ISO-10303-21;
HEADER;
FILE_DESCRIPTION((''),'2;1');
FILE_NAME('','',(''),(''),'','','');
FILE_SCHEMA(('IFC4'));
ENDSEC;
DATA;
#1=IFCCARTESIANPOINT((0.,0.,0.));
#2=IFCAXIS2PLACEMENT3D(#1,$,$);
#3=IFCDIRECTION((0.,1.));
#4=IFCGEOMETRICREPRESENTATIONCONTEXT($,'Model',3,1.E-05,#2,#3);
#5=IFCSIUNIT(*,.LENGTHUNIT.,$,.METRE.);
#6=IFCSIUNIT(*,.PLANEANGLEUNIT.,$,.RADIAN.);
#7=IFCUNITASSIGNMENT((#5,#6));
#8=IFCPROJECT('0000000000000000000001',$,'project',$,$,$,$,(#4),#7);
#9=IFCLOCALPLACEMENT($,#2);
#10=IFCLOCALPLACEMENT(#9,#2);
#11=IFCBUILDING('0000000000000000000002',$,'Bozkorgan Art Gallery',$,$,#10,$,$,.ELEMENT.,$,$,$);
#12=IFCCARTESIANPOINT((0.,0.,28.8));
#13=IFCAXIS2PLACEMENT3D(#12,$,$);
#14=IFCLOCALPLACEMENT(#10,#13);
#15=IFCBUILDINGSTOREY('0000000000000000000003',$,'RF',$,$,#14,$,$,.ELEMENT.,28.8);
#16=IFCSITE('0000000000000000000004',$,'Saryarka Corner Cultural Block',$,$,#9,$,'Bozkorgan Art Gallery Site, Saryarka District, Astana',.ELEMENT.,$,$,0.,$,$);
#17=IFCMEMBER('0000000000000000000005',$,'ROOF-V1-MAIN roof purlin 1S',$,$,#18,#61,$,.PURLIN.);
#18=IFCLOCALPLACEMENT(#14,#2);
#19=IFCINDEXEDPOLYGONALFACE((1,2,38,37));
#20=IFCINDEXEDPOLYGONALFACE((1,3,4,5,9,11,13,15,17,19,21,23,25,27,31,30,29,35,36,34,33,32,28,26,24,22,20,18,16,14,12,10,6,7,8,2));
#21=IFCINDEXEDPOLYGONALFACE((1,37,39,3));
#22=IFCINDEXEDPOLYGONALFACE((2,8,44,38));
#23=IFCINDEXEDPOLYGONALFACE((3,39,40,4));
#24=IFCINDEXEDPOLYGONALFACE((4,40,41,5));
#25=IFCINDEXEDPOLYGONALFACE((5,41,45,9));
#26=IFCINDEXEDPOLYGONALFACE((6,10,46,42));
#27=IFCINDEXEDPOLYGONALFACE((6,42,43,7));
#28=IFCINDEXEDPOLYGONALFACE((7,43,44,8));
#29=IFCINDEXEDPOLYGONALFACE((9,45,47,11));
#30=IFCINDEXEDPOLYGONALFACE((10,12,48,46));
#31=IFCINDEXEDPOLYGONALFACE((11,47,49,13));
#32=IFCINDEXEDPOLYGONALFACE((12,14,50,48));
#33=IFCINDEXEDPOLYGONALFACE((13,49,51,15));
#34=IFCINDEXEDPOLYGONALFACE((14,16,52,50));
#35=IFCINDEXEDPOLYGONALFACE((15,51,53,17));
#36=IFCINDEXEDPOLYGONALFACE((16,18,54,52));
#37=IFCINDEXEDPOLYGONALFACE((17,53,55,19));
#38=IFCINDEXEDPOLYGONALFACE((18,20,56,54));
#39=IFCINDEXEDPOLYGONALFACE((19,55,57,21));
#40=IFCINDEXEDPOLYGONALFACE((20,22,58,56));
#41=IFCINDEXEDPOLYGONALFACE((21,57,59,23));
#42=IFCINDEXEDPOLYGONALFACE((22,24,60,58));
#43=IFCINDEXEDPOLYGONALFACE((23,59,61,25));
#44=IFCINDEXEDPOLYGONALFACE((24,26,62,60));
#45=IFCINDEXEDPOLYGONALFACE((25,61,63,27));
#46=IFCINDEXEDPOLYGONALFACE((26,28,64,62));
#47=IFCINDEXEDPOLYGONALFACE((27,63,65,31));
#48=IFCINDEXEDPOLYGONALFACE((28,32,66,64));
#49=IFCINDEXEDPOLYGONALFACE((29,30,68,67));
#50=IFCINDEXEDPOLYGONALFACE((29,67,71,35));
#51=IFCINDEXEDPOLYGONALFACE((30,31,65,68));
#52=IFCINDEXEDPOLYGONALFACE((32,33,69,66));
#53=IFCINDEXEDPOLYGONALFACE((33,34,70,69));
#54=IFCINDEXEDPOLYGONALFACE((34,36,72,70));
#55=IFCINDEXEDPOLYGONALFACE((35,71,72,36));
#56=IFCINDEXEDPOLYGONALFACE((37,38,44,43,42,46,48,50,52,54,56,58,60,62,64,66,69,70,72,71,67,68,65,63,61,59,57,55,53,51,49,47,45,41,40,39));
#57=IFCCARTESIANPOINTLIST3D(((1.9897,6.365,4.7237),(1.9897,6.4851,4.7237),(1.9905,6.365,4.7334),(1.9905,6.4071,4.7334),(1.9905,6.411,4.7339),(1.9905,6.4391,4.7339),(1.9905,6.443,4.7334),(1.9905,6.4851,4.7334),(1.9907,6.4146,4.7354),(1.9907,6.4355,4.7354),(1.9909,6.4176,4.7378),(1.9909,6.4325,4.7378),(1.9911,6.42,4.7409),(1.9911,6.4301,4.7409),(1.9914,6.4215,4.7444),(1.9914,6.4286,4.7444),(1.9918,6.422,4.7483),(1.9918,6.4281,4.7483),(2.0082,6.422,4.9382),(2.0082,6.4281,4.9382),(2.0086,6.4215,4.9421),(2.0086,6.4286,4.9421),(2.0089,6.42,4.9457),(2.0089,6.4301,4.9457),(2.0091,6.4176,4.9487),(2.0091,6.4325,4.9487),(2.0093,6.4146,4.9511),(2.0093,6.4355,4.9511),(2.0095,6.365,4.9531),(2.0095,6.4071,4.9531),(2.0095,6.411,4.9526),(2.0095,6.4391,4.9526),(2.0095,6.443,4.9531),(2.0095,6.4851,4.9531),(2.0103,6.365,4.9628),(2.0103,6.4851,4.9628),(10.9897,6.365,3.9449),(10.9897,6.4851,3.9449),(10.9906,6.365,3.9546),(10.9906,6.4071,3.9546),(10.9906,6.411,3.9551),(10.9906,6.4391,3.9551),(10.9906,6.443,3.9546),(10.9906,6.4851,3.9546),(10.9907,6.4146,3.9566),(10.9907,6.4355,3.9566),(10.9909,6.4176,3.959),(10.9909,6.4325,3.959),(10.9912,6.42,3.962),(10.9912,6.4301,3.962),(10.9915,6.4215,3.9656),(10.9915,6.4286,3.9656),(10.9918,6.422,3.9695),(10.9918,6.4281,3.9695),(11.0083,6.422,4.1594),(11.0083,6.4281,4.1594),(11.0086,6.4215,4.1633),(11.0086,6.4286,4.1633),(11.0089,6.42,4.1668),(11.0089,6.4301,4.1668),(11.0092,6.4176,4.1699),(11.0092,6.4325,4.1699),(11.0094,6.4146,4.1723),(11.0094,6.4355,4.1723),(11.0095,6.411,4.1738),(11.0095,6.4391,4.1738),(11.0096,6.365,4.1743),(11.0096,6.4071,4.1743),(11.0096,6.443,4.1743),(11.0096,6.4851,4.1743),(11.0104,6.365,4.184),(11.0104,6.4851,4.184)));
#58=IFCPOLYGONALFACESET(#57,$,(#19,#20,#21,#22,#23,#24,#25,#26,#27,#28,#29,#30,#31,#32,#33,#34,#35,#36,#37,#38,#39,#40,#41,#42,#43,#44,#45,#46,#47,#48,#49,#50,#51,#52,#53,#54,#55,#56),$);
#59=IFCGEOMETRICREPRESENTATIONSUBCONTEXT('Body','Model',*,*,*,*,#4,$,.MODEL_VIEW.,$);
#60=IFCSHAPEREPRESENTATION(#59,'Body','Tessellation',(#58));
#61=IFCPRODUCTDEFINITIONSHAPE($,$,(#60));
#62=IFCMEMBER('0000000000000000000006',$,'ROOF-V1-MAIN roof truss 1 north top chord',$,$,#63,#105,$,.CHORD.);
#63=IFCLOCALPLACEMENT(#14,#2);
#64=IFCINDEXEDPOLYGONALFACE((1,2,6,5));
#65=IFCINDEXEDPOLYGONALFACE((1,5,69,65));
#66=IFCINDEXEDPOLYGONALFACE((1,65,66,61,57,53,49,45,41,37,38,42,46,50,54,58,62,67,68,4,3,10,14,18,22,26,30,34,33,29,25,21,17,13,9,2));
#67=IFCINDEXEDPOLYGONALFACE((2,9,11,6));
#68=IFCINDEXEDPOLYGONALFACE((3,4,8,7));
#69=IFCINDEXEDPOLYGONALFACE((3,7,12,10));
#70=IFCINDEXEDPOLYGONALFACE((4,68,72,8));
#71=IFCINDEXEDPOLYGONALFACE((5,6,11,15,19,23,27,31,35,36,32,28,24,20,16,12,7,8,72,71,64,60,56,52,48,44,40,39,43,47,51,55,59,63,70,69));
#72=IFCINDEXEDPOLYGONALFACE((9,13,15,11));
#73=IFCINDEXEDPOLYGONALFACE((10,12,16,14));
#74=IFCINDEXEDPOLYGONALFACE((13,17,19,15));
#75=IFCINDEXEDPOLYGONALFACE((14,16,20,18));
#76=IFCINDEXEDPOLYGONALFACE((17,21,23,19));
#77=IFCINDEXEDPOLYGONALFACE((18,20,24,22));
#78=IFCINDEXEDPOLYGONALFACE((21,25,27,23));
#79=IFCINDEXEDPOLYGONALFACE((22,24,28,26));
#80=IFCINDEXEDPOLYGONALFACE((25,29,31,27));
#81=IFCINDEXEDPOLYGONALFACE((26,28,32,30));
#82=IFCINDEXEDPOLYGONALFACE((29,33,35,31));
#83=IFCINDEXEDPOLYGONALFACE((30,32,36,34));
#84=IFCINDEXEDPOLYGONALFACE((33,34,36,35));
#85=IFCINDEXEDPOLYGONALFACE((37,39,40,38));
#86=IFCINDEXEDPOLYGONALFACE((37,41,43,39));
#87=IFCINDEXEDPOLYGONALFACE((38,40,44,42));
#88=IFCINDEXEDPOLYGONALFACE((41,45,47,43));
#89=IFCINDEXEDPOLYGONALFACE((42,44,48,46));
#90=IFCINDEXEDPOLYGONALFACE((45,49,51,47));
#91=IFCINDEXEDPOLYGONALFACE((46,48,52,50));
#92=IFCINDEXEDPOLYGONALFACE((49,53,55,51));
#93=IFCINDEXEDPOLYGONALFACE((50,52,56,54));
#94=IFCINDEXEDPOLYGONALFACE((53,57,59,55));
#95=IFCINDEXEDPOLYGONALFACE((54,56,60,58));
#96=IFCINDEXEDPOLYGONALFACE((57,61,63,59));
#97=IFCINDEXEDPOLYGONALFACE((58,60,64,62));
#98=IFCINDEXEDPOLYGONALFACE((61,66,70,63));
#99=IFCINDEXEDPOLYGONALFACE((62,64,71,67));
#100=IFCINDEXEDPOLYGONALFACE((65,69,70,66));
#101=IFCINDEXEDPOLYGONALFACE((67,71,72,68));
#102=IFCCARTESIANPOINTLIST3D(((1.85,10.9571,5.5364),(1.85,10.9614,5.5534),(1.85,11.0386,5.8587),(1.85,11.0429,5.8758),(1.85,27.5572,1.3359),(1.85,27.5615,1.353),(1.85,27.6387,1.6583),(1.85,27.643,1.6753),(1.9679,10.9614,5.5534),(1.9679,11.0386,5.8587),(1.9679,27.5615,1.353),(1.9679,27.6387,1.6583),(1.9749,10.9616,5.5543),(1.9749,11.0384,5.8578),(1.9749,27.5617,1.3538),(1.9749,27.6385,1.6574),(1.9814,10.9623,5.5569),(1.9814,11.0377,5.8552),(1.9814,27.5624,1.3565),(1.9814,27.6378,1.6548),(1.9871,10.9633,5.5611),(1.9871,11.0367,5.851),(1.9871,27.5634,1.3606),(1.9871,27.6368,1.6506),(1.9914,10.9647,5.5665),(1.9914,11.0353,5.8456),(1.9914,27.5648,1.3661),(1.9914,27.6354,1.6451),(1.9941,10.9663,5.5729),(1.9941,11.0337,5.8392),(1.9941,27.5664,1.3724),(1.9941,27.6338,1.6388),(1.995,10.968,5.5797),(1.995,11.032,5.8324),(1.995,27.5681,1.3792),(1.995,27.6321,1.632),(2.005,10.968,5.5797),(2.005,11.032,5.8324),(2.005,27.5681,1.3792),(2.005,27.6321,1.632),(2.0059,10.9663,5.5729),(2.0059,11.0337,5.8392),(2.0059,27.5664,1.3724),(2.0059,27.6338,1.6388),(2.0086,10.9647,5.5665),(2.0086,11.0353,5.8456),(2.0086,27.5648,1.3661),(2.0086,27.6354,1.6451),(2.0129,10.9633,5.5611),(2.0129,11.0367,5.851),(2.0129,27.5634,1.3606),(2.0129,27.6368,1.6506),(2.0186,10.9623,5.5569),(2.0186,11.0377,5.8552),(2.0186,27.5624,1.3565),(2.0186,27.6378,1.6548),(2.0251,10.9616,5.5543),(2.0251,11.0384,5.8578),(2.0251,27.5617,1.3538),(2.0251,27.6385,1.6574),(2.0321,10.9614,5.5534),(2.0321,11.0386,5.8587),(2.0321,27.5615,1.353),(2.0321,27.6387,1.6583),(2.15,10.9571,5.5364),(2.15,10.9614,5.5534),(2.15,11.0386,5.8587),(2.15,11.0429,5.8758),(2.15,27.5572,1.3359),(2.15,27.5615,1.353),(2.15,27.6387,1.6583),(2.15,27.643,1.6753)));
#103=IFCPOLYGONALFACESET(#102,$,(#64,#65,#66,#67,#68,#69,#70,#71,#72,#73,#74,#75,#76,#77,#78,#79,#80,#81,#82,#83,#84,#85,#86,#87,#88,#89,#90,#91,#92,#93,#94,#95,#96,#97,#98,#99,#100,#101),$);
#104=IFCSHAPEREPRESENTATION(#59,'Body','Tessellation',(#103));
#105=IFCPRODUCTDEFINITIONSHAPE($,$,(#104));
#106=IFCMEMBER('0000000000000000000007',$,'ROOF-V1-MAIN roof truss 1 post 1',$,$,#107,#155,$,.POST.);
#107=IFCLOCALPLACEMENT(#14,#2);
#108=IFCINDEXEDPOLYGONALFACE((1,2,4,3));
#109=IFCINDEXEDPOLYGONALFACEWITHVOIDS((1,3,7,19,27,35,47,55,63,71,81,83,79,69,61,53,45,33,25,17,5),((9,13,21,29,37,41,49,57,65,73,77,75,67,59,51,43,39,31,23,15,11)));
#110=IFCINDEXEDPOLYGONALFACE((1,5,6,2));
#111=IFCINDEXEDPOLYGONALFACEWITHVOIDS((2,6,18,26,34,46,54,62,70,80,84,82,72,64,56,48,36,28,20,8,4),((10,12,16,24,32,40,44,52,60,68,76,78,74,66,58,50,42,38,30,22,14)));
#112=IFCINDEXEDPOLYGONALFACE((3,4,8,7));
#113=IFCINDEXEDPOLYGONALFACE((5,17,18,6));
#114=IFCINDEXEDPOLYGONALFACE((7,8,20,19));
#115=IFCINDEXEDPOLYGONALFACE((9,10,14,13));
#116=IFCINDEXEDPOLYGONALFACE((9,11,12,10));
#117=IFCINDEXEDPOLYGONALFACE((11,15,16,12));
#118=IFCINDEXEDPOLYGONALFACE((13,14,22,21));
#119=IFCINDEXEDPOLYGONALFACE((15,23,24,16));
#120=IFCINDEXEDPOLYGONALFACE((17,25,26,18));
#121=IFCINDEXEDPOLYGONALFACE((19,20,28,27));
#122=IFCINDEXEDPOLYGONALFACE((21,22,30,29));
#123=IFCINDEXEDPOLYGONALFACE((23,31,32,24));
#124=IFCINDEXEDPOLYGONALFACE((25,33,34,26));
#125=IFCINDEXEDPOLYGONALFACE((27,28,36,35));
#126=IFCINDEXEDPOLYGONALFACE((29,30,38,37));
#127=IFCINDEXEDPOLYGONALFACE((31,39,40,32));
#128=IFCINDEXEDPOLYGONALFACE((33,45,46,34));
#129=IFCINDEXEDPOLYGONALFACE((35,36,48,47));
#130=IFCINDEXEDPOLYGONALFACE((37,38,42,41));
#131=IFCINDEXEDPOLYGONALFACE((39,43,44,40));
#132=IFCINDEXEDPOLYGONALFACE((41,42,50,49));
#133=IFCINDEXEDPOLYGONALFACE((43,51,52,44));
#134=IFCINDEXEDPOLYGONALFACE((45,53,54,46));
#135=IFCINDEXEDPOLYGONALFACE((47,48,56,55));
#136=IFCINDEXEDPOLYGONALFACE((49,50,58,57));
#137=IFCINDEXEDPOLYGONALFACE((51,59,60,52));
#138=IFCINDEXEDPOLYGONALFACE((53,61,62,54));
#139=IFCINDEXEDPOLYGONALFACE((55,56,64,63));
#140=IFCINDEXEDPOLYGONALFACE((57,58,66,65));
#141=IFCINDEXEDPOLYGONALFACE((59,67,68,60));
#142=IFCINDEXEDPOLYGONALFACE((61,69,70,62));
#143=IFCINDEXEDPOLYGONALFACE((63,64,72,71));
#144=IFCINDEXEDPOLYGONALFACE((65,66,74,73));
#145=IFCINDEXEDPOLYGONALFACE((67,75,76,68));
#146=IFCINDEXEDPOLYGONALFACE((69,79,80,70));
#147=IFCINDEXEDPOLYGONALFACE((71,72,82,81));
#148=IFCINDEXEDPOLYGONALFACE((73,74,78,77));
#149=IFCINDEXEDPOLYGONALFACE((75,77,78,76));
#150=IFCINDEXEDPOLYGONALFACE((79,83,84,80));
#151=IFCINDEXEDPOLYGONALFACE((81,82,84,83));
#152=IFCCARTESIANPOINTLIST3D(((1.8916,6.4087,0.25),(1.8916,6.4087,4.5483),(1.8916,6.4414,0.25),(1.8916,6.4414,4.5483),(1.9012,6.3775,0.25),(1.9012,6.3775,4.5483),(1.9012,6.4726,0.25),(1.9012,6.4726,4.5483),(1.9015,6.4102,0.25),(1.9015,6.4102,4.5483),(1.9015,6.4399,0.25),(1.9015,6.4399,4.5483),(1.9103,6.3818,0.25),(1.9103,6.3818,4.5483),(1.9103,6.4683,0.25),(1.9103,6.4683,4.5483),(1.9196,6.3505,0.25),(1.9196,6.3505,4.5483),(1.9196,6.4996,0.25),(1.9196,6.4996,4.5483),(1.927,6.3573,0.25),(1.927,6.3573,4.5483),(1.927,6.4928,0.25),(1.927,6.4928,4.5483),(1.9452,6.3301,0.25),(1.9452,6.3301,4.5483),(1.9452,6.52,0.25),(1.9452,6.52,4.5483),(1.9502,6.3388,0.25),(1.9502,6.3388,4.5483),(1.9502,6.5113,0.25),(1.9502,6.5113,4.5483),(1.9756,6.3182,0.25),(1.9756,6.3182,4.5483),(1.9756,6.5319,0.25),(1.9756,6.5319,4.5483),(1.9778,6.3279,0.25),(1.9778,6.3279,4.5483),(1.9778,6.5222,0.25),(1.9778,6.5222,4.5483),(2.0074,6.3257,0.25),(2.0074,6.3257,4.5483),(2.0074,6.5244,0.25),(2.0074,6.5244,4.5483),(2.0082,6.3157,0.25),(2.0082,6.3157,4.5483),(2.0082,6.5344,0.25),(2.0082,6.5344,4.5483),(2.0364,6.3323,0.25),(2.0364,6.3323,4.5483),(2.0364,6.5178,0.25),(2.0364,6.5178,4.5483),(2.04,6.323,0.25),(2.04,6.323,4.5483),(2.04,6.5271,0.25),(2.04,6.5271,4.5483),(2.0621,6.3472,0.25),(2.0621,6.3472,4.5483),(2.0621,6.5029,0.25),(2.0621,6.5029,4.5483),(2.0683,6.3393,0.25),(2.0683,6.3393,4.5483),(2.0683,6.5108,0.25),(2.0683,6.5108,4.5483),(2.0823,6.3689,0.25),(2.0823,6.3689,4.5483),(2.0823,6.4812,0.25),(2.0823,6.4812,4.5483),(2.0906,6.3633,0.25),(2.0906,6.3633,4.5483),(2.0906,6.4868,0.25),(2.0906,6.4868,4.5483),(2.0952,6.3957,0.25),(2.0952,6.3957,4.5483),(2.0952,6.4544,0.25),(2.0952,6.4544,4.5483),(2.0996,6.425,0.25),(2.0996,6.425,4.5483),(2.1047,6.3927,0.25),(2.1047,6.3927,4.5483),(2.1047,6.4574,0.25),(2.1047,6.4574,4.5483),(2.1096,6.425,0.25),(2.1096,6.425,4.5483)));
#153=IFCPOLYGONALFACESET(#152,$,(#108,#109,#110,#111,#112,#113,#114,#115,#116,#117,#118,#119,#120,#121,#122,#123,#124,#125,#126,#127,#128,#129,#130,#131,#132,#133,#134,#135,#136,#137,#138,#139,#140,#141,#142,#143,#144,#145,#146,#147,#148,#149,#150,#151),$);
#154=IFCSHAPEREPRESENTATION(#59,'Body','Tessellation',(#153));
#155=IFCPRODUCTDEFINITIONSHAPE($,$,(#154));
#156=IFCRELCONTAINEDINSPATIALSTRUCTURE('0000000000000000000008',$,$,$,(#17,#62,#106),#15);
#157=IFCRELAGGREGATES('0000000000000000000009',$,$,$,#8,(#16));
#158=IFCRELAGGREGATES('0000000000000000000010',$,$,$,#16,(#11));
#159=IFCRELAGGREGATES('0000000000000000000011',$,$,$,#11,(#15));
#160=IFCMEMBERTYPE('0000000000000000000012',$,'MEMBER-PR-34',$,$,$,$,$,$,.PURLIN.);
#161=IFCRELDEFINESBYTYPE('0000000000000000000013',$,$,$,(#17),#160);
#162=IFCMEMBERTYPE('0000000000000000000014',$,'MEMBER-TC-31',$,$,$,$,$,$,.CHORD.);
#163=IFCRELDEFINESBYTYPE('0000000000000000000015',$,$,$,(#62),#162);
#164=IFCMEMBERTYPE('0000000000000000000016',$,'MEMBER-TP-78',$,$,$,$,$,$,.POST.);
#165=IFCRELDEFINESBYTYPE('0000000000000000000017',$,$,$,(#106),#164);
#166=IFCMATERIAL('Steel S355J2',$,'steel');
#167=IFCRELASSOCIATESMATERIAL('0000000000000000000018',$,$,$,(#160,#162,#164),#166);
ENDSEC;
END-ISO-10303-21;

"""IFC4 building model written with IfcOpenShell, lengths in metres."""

from ifc_helpers import new_model, si_unit, direction, frame, origin, origin_2d, place, context, subcontext, project, spatial, hollow_circle, i_section, extrude, material, material_profile, profile_set, type_object, element, save


model = new_model("IFC4")

# Units and contexts
model_context = context("Model", 3, precision=1e-05, world=origin(), true_north=direction((0.0, 1.0)))
body_context = subcontext(model_context, "Body", "Model", "MODEL_VIEW")
ifc_project = project(units=[si_unit("LENGTHUNIT", "METRE"), si_unit("PLANEANGLEUNIT", "RADIAN")], contexts=[model_context])

# Site, building, storey
site_placement = place(None, origin())
site = spatial("IfcSite", under=ifc_project, at=site_placement, Name="Saryarka Corner Cultural Block", LongName="Bozkorgan Art Gallery Site, Saryarka District, Astana", CompositionType="ELEMENT", RefElevation=0.0)
building_placement = place(site_placement, origin())
building = spatial("IfcBuilding", under=site, at=building_placement, Name="Bozkorgan Art Gallery", CompositionType="ELEMENT")
storey_placement = place(building_placement, frame((0.0, 0.0, 28.8)))
storey = spatial("IfcBuildingStorey", under=building, at=storey_placement, Name="RF", CompositionType="ELEMENT", Elevation=28.8)

# Members
ifc_material_1 = material(Name="Steel S355J2", Category="steel")
ifc_material_profile_1 = material_profile(ifc_material_1, i_section(OverallWidth=0.1201, OverallDepth=0.24, WebThickness=0.0061, FlangeThickness=0.0098, FilletRadius=0.0149, at=origin_2d()), Name="IPE 240")
ifc_profile_set_1 = profile_set([ifc_material_profile_1], Name="Steel S355J2")
member_type_1 = type_object("IfcMemberType", Name="MEMBER-PR-34", PredefinedType="PURLIN", material=ifc_profile_set_1)
member_1_placement = place(storey_placement, frame((2.0, 6.425, 4.8433), z_axis=(0.996277, 0.0, -0.086212), x_axis=(0.0, 1.0, 0.0)))
element("IfcMember", 1, at=member_1_placement, inside=storey, type_object=member_type_1, Name="ROOF-V1-MAIN roof purlin 1S", PredefinedType="PURLIN", context=body_context, shape_type="SweptSolid", body=[
    extrude(i_section(OverallWidth=0.1201, OverallDepth=0.24, WebThickness=0.0061, FlangeThickness=0.0098, FilletRadius=0.0149, at=origin_2d()), origin(), (0.0, 0.0, 1.0), 9.0337),
])
ifc_material_profile_2 = material_profile(ifc_material_1, i_section(OverallWidth=0.3, OverallDepth=0.3501, WebThickness=0.01, FlangeThickness=0.0176, FilletRadius=0.0271, at=origin_2d()), Name="HEA 360")
ifc_profile_set_2 = profile_set([ifc_material_profile_2], Name="Steel S355J2")
member_type_2 = type_object("IfcMemberType", Name="MEMBER-TC-31", PredefinedType="CHORD", material=ifc_profile_set_2)
member_2_placement = place(storey_placement, frame((2.0, 11.0, 5.7061), z_axis=(0.0, 0.969446, -0.245306), x_axis=(-1.0, 0.0, 0.0)))
element("IfcMember", 2, at=member_2_placement, inside=storey, type_object=member_type_2, Name="ROOF-V1-MAIN roof truss 1 north top chord", PredefinedType="CHORD", context=body_context, shape_type="SweptSolid", body=[
    extrude(i_section(OverallWidth=0.3, OverallDepth=0.3501, WebThickness=0.01, FlangeThickness=0.0176, FilletRadius=0.0271, at=origin_2d()), origin(), (0.0, 0.0, 1.0), 17.1233),
])
ifc_material_profile_3 = material_profile(ifc_material_1, hollow_circle(Radius=0.1096, WallThickness=0.01, at=origin_2d()), Name="CHS 219.1x10")
ifc_profile_set_3 = profile_set([ifc_material_profile_3], Name="Steel S355J2")
member_type_3 = type_object("IfcMemberType", Name="MEMBER-TP-78", PredefinedType="POST", material=ifc_profile_set_3)
member_3_placement = place(storey_placement, frame((2.0, 6.425, 0.25), z_axis=(0.0, 0.0, 1.0), x_axis=(1.0, 0.0, 0.0)))
element("IfcMember", 3, at=member_3_placement, inside=storey, type_object=member_type_3, Name="ROOF-V1-MAIN roof truss 1 post 1", PredefinedType="POST", context=body_context, shape_type="SweptSolid", body=[
    extrude(hollow_circle(Radius=0.1096, WallThickness=0.01, at=origin_2d()), origin(), (0.0, 0.0, 1.0), 4.2983),
])

save(model, "model.ifc")
